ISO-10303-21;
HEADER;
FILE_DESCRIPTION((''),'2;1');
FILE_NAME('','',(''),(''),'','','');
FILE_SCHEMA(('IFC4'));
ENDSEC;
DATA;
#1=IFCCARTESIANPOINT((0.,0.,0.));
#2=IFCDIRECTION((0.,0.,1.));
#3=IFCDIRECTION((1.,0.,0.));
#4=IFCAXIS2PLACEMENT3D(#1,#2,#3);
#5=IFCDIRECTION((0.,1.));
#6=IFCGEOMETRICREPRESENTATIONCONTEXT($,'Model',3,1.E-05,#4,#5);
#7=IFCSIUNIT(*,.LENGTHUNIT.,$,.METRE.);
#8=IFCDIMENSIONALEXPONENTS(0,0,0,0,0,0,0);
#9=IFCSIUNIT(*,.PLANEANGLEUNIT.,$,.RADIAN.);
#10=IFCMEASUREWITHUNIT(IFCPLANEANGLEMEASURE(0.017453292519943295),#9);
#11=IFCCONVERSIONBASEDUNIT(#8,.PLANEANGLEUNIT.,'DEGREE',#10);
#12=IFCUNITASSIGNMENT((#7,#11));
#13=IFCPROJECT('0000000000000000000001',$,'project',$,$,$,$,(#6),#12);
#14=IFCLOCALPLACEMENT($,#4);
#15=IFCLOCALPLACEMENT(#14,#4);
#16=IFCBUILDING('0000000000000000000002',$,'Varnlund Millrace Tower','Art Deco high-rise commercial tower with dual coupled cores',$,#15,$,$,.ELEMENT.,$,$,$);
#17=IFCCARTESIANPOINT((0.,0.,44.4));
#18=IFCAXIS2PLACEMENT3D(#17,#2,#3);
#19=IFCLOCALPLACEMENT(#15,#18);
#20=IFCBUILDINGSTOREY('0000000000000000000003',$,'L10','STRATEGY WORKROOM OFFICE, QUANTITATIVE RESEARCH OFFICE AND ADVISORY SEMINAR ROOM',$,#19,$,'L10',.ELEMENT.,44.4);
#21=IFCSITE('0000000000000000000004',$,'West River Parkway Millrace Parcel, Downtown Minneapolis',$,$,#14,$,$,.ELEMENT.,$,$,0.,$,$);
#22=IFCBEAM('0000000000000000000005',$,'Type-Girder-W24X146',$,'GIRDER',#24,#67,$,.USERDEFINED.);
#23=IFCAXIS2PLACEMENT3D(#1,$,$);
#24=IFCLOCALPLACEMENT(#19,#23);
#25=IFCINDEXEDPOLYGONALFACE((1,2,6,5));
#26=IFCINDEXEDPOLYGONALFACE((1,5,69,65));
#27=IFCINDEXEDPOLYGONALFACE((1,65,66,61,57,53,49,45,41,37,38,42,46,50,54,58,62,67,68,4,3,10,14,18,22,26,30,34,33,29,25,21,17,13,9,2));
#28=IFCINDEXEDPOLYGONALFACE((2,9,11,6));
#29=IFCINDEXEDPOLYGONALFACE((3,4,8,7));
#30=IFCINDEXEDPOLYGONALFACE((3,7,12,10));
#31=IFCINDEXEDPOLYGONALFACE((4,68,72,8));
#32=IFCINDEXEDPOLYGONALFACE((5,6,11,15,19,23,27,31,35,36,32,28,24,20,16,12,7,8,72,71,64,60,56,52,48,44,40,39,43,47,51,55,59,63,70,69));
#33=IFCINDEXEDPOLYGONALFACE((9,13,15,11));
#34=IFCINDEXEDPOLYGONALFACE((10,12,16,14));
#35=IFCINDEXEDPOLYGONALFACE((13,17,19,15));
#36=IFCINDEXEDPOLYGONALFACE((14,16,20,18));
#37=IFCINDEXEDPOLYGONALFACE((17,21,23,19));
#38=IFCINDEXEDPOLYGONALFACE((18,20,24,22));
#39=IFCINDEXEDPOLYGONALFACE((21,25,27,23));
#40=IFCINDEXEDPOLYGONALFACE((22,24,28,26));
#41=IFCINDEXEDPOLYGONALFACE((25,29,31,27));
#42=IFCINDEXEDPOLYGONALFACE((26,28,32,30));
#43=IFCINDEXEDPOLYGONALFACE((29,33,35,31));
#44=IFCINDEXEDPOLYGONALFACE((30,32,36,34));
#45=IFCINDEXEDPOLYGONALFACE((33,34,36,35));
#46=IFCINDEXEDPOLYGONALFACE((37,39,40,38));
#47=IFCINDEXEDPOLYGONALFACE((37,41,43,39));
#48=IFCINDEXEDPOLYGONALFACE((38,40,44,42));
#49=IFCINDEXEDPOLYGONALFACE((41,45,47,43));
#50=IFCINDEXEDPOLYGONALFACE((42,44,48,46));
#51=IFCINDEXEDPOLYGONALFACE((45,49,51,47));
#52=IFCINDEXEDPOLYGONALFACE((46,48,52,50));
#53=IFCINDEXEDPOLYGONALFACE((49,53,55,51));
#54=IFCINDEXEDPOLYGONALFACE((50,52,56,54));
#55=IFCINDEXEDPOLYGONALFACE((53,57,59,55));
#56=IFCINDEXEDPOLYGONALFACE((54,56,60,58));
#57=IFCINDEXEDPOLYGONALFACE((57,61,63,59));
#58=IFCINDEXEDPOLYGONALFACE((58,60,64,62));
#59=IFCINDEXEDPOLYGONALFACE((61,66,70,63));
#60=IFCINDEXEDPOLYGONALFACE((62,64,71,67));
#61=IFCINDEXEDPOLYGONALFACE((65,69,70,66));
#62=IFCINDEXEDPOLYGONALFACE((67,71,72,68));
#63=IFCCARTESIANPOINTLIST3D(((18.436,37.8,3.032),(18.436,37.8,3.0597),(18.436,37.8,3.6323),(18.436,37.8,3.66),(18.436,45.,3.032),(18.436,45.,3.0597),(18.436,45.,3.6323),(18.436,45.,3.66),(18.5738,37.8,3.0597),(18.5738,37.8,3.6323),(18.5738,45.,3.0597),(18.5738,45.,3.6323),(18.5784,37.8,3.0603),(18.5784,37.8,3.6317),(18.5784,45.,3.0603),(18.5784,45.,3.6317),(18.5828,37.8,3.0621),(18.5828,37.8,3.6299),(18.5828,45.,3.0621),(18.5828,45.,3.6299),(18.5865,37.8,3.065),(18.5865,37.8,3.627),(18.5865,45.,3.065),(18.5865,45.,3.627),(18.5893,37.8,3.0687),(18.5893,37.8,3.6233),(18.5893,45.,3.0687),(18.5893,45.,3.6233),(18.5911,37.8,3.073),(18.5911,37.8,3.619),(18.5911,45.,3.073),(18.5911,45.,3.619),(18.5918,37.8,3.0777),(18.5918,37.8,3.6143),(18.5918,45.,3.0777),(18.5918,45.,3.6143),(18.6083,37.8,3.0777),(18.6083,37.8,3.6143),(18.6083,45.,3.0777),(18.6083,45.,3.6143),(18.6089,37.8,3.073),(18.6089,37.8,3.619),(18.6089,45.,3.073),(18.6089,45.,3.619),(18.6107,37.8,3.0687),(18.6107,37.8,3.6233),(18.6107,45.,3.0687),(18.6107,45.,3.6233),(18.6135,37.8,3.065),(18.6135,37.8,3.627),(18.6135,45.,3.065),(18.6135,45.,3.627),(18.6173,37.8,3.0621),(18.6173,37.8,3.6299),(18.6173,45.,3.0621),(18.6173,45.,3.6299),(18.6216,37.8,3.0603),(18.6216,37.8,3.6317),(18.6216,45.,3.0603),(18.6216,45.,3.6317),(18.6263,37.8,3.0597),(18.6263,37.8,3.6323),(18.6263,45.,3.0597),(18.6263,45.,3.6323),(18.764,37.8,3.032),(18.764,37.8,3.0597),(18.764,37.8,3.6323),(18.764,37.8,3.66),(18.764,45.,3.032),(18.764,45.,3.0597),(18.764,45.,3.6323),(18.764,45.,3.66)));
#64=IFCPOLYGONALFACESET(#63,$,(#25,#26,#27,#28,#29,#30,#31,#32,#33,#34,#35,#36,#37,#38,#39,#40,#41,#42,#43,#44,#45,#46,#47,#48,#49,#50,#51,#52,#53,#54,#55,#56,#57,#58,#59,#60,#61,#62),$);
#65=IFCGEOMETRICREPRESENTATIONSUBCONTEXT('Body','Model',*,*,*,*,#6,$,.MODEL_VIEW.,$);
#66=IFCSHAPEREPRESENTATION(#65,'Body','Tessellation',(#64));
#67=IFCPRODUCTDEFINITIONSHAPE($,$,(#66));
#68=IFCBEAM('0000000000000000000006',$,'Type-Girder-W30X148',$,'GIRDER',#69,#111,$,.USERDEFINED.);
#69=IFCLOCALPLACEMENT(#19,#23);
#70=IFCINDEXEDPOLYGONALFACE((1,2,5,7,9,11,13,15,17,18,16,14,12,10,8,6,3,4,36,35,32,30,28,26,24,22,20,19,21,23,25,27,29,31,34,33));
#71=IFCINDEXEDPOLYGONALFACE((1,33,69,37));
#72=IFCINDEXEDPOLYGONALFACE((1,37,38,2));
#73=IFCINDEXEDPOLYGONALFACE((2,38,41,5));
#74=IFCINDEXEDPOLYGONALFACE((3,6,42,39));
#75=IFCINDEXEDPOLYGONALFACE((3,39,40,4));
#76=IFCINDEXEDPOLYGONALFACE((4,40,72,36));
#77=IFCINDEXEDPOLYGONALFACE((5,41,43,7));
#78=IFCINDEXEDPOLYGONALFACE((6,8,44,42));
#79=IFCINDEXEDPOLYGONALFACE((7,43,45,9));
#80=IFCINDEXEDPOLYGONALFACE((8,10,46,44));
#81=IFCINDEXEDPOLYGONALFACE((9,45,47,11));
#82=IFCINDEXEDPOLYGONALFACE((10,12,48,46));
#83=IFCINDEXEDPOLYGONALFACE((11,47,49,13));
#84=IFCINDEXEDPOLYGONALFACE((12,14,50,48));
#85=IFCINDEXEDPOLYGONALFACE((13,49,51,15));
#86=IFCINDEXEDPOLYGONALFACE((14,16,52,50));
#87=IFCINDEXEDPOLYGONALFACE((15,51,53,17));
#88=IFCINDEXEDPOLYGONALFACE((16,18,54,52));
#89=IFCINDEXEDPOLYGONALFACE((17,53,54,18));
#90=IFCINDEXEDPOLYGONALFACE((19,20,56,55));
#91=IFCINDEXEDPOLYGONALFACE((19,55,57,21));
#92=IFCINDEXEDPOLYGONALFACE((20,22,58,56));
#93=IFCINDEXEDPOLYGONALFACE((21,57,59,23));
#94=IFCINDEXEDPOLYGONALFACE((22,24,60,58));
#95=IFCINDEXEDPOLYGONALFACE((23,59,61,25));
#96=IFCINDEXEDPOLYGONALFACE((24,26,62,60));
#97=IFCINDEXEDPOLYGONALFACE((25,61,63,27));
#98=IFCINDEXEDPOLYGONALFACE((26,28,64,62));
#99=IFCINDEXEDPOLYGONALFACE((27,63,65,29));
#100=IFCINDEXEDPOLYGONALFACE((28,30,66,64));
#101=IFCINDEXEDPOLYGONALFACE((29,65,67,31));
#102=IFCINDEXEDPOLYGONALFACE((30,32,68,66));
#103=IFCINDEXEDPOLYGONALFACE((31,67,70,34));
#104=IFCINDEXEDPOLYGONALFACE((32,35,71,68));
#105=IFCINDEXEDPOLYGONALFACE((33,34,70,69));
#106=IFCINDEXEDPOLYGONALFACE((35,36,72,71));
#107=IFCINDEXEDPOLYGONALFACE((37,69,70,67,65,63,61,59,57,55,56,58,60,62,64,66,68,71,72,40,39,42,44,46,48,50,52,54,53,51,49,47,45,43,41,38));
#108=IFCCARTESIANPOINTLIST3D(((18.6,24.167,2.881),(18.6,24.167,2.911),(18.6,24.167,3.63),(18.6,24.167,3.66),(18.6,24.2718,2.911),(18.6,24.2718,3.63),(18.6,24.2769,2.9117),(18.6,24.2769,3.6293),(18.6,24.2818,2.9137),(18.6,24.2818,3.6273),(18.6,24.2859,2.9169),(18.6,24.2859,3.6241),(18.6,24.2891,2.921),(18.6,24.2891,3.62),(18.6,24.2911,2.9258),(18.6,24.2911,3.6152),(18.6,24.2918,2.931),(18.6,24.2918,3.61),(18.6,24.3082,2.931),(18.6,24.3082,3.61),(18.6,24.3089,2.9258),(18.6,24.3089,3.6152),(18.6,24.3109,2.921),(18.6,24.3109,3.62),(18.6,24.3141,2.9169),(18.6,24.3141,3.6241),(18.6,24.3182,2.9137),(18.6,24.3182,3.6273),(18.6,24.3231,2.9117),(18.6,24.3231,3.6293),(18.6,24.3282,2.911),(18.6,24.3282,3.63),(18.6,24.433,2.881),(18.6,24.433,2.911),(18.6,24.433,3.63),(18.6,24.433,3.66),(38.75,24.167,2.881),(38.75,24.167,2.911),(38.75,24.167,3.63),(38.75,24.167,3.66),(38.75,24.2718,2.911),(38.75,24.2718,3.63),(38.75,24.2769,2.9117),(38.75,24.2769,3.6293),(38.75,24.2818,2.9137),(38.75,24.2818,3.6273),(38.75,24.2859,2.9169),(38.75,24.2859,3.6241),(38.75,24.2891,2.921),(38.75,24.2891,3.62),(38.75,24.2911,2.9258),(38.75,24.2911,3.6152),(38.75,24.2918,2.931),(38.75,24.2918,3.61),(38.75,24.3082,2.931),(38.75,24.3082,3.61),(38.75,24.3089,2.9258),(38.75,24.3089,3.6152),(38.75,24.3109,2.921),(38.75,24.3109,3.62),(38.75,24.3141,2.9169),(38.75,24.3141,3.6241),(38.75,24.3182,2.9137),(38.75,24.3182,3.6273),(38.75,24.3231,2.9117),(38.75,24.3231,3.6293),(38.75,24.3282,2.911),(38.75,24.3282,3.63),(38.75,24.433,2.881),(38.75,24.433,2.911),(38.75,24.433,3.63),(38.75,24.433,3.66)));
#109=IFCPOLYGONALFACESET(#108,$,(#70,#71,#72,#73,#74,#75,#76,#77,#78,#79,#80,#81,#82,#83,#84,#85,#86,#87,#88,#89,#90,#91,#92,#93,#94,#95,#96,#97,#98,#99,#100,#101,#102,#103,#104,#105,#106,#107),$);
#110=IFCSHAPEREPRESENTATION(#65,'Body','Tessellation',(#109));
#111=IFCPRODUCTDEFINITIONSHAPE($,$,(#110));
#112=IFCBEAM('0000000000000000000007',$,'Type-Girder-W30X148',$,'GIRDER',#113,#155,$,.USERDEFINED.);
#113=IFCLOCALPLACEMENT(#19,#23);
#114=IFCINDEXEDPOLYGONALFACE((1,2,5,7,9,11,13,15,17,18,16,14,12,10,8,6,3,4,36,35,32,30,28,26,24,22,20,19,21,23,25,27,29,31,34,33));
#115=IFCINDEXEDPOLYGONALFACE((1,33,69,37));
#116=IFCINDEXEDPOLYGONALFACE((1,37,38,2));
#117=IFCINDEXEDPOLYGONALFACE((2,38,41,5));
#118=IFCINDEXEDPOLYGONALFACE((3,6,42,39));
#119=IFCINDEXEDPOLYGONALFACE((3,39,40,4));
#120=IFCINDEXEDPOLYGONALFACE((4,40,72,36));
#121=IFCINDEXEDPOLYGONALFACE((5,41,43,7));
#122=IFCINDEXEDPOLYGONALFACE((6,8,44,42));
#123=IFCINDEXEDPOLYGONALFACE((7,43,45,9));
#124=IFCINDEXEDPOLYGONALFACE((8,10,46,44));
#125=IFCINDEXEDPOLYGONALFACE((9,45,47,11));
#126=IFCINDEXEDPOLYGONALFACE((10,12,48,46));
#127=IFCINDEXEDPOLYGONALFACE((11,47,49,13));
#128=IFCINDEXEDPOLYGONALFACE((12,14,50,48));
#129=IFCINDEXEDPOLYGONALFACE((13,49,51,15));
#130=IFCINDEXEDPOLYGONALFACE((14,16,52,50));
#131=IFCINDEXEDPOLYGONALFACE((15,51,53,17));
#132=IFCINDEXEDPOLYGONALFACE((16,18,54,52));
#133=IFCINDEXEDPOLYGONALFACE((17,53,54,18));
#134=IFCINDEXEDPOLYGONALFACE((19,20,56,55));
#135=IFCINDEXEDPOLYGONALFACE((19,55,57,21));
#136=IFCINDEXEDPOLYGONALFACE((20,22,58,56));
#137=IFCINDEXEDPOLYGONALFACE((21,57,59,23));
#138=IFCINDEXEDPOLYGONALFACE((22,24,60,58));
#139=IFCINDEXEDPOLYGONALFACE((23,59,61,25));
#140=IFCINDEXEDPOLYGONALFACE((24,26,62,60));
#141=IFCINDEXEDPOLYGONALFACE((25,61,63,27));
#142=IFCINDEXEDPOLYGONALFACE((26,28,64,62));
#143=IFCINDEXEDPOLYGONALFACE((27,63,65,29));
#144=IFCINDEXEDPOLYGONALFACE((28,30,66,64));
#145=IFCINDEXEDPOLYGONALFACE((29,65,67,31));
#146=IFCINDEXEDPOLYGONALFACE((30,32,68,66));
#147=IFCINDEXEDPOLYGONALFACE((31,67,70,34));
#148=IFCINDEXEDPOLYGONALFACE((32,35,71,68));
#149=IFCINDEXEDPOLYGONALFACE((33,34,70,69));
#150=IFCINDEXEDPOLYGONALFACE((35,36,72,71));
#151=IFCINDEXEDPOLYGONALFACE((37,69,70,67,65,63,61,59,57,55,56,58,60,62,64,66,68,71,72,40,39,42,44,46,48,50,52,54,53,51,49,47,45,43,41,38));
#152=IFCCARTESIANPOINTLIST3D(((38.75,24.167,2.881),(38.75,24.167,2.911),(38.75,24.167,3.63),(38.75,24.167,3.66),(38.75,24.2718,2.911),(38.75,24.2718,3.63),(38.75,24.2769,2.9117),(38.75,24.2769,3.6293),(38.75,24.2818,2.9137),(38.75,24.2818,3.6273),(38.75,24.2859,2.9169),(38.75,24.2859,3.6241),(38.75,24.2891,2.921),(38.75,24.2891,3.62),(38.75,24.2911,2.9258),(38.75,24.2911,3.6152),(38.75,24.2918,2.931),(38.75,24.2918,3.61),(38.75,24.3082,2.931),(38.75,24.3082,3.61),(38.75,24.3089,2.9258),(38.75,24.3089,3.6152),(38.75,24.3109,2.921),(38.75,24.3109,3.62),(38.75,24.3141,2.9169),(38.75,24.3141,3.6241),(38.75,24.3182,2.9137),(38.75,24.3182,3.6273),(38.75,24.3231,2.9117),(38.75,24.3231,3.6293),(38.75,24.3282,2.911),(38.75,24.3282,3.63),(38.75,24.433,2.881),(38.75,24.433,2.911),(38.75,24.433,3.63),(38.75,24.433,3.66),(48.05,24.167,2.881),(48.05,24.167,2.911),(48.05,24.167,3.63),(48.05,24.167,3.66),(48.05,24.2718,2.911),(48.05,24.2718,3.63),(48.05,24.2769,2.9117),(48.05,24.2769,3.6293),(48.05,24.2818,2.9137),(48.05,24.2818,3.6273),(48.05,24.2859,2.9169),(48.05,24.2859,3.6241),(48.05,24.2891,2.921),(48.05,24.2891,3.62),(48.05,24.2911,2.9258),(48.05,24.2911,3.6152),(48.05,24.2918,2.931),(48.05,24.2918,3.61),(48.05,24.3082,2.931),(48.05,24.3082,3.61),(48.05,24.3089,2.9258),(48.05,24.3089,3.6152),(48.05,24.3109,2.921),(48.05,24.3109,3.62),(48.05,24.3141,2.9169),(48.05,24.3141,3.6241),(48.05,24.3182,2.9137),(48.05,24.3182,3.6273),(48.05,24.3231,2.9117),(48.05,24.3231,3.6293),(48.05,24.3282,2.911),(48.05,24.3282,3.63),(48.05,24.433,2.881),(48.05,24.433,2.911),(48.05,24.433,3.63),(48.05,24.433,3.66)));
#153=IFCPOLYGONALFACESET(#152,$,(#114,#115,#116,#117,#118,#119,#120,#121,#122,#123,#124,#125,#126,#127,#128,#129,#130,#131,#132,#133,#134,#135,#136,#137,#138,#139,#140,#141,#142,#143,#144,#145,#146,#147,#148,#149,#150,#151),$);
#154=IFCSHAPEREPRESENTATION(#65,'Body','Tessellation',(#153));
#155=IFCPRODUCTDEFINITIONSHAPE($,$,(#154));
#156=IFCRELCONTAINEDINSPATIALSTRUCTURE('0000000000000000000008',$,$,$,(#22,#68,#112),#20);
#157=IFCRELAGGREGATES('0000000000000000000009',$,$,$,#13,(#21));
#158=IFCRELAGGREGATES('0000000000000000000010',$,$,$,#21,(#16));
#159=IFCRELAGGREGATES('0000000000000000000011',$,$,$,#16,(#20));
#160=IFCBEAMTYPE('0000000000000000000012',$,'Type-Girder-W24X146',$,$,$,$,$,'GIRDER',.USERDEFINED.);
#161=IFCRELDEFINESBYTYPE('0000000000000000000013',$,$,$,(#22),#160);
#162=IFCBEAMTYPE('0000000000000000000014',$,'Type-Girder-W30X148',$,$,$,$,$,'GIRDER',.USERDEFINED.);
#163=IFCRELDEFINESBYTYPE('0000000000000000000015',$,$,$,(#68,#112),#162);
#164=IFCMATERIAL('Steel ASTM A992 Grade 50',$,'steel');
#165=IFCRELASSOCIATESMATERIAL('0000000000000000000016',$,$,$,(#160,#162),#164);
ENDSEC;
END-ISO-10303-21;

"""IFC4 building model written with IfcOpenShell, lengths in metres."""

from ifc_helpers import new_model, entity, si_unit, converted_unit, direction, frame, origin_with_axes, origin_2d_with_axis, place, context, subcontext, project, spatial, i_section, extrude, material, material_profile, profile_set, type_object, element, save


model = new_model("IFC4")

# Units and contexts
model_context = context("Model", 3, precision=1e-05, world=origin_with_axes(), true_north=direction((0.0, 1.0)))
body_context = subcontext(model_context, "Body", "Model", "MODEL_VIEW")
ifc_project = project(units=[si_unit("LENGTHUNIT", "METRE"), converted_unit("PLANEANGLEUNIT", "DEGREE", entity("IfcPlaneAngleMeasure", 0.017453292519943295), si_unit("PLANEANGLEUNIT", "RADIAN"), dimensions=[0, 0, 0, 0, 0, 0, 0])], contexts=[model_context])

# Site, building, storey
site_placement = place(None, origin_with_axes())
site = spatial("IfcSite", under=ifc_project, at=site_placement, Name="West River Parkway Millrace Parcel, Downtown Minneapolis", CompositionType="ELEMENT", RefElevation=0.0)
building_placement = place(site_placement, origin_with_axes())
building = spatial("IfcBuilding", under=site, at=building_placement, Name="Varnlund Millrace Tower", Description="Art Deco high-rise commercial tower with dual coupled cores", CompositionType="ELEMENT")
storey_placement = place(building_placement, frame((0.0, 0.0, 44.4), z_axis=(0.0, 0.0, 1.0), x_axis=(1.0, 0.0, 0.0)))
storey = spatial("IfcBuildingStorey", under=building, at=storey_placement, Name="L10", Description="STRATEGY WORKROOM OFFICE, QUANTITATIVE RESEARCH OFFICE AND ADVISORY SEMINAR ROOM", LongName="L10", CompositionType="ELEMENT", Elevation=44.4)

# Beams
ifc_material_1 = material(Name="Steel ASTM A992 Grade 50", Category="steel")
ifc_material_profile_1 = material_profile(ifc_material_1, i_section(OverallWidth=0.328, OverallDepth=0.628, WebThickness=0.0165, FlangeThickness=0.0277, FilletRadius=0.018, at=origin_2d_with_axis()), Name="Steel ASTM A992 Grade 50")
ifc_profile_set_1 = profile_set([ifc_material_profile_1], Name="Steel ASTM A992 Grade 50")
beam_type_1 = type_object("IfcBeamType", Name="Type-Girder-W24X146", ElementType="GIRDER", PredefinedType="USERDEFINED", material=ifc_profile_set_1)
beam_1_placement = place(storey_placement, frame((18.6, 37.8, 3.346), z_axis=(0.0, 1.0, 0.0), x_axis=(-1.0, 0.0, 0.0)))
element("IfcBeam", 1, at=beam_1_placement, inside=storey, type_object=beam_type_1, Name="Type-Girder-W24X146", ObjectType="GIRDER", PredefinedType="USERDEFINED", context=body_context, shape_type="SweptSolid", body=[
    extrude(i_section(OverallWidth=0.328, OverallDepth=0.628, WebThickness=0.0165, FlangeThickness=0.0277, FilletRadius=0.018, at=origin_2d_with_axis()), origin_with_axes(), (0.0, 0.0, 1.0), 7.2),
])
ifc_material_profile_2 = material_profile(ifc_material_1, i_section(OverallWidth=0.266, OverallDepth=0.779, WebThickness=0.0165, FlangeThickness=0.03, FilletRadius=0.02, at=origin_2d_with_axis()), Name="Steel ASTM A992 Grade 50")
ifc_profile_set_2 = profile_set([ifc_material_profile_2], Name="Steel ASTM A992 Grade 50")
beam_type_2 = type_object("IfcBeamType", Name="Type-Girder-W30X148", ElementType="GIRDER", PredefinedType="USERDEFINED", material=ifc_profile_set_2)
beam_2_placement = place(storey_placement, frame((18.6, 24.3, 3.2705), z_axis=(1.0, 0.0, 0.0), x_axis=(0.0, 1.0, 0.0)))
element("IfcBeam", 2, at=beam_2_placement, inside=storey, type_object=beam_type_2, Name="Type-Girder-W30X148", ObjectType="GIRDER", PredefinedType="USERDEFINED", context=body_context, shape_type="SweptSolid", body=[
    extrude(i_section(OverallWidth=0.266, OverallDepth=0.779, WebThickness=0.0165, FlangeThickness=0.03, FilletRadius=0.02, at=origin_2d_with_axis()), origin_with_axes(), (0.0, 0.0, 1.0), 20.15),
])
beam_3_placement = place(storey_placement, frame((38.75, 24.3, 3.2705), z_axis=(1.0, 0.0, 0.0), x_axis=(0.0, 1.0, 0.0)))
element("IfcBeam", 3, at=beam_3_placement, inside=storey, type_object=beam_type_2, Name="Type-Girder-W30X148", ObjectType="GIRDER", PredefinedType="USERDEFINED", context=body_context, shape_type="SweptSolid", body=[
    extrude(i_section(OverallWidth=0.266, OverallDepth=0.779, WebThickness=0.0165, FlangeThickness=0.03, FilletRadius=0.02, at=origin_2d_with_axis()), origin_with_axes(), (0.0, 0.0, 1.0), 9.3),
])

save(model, "model.ifc")
